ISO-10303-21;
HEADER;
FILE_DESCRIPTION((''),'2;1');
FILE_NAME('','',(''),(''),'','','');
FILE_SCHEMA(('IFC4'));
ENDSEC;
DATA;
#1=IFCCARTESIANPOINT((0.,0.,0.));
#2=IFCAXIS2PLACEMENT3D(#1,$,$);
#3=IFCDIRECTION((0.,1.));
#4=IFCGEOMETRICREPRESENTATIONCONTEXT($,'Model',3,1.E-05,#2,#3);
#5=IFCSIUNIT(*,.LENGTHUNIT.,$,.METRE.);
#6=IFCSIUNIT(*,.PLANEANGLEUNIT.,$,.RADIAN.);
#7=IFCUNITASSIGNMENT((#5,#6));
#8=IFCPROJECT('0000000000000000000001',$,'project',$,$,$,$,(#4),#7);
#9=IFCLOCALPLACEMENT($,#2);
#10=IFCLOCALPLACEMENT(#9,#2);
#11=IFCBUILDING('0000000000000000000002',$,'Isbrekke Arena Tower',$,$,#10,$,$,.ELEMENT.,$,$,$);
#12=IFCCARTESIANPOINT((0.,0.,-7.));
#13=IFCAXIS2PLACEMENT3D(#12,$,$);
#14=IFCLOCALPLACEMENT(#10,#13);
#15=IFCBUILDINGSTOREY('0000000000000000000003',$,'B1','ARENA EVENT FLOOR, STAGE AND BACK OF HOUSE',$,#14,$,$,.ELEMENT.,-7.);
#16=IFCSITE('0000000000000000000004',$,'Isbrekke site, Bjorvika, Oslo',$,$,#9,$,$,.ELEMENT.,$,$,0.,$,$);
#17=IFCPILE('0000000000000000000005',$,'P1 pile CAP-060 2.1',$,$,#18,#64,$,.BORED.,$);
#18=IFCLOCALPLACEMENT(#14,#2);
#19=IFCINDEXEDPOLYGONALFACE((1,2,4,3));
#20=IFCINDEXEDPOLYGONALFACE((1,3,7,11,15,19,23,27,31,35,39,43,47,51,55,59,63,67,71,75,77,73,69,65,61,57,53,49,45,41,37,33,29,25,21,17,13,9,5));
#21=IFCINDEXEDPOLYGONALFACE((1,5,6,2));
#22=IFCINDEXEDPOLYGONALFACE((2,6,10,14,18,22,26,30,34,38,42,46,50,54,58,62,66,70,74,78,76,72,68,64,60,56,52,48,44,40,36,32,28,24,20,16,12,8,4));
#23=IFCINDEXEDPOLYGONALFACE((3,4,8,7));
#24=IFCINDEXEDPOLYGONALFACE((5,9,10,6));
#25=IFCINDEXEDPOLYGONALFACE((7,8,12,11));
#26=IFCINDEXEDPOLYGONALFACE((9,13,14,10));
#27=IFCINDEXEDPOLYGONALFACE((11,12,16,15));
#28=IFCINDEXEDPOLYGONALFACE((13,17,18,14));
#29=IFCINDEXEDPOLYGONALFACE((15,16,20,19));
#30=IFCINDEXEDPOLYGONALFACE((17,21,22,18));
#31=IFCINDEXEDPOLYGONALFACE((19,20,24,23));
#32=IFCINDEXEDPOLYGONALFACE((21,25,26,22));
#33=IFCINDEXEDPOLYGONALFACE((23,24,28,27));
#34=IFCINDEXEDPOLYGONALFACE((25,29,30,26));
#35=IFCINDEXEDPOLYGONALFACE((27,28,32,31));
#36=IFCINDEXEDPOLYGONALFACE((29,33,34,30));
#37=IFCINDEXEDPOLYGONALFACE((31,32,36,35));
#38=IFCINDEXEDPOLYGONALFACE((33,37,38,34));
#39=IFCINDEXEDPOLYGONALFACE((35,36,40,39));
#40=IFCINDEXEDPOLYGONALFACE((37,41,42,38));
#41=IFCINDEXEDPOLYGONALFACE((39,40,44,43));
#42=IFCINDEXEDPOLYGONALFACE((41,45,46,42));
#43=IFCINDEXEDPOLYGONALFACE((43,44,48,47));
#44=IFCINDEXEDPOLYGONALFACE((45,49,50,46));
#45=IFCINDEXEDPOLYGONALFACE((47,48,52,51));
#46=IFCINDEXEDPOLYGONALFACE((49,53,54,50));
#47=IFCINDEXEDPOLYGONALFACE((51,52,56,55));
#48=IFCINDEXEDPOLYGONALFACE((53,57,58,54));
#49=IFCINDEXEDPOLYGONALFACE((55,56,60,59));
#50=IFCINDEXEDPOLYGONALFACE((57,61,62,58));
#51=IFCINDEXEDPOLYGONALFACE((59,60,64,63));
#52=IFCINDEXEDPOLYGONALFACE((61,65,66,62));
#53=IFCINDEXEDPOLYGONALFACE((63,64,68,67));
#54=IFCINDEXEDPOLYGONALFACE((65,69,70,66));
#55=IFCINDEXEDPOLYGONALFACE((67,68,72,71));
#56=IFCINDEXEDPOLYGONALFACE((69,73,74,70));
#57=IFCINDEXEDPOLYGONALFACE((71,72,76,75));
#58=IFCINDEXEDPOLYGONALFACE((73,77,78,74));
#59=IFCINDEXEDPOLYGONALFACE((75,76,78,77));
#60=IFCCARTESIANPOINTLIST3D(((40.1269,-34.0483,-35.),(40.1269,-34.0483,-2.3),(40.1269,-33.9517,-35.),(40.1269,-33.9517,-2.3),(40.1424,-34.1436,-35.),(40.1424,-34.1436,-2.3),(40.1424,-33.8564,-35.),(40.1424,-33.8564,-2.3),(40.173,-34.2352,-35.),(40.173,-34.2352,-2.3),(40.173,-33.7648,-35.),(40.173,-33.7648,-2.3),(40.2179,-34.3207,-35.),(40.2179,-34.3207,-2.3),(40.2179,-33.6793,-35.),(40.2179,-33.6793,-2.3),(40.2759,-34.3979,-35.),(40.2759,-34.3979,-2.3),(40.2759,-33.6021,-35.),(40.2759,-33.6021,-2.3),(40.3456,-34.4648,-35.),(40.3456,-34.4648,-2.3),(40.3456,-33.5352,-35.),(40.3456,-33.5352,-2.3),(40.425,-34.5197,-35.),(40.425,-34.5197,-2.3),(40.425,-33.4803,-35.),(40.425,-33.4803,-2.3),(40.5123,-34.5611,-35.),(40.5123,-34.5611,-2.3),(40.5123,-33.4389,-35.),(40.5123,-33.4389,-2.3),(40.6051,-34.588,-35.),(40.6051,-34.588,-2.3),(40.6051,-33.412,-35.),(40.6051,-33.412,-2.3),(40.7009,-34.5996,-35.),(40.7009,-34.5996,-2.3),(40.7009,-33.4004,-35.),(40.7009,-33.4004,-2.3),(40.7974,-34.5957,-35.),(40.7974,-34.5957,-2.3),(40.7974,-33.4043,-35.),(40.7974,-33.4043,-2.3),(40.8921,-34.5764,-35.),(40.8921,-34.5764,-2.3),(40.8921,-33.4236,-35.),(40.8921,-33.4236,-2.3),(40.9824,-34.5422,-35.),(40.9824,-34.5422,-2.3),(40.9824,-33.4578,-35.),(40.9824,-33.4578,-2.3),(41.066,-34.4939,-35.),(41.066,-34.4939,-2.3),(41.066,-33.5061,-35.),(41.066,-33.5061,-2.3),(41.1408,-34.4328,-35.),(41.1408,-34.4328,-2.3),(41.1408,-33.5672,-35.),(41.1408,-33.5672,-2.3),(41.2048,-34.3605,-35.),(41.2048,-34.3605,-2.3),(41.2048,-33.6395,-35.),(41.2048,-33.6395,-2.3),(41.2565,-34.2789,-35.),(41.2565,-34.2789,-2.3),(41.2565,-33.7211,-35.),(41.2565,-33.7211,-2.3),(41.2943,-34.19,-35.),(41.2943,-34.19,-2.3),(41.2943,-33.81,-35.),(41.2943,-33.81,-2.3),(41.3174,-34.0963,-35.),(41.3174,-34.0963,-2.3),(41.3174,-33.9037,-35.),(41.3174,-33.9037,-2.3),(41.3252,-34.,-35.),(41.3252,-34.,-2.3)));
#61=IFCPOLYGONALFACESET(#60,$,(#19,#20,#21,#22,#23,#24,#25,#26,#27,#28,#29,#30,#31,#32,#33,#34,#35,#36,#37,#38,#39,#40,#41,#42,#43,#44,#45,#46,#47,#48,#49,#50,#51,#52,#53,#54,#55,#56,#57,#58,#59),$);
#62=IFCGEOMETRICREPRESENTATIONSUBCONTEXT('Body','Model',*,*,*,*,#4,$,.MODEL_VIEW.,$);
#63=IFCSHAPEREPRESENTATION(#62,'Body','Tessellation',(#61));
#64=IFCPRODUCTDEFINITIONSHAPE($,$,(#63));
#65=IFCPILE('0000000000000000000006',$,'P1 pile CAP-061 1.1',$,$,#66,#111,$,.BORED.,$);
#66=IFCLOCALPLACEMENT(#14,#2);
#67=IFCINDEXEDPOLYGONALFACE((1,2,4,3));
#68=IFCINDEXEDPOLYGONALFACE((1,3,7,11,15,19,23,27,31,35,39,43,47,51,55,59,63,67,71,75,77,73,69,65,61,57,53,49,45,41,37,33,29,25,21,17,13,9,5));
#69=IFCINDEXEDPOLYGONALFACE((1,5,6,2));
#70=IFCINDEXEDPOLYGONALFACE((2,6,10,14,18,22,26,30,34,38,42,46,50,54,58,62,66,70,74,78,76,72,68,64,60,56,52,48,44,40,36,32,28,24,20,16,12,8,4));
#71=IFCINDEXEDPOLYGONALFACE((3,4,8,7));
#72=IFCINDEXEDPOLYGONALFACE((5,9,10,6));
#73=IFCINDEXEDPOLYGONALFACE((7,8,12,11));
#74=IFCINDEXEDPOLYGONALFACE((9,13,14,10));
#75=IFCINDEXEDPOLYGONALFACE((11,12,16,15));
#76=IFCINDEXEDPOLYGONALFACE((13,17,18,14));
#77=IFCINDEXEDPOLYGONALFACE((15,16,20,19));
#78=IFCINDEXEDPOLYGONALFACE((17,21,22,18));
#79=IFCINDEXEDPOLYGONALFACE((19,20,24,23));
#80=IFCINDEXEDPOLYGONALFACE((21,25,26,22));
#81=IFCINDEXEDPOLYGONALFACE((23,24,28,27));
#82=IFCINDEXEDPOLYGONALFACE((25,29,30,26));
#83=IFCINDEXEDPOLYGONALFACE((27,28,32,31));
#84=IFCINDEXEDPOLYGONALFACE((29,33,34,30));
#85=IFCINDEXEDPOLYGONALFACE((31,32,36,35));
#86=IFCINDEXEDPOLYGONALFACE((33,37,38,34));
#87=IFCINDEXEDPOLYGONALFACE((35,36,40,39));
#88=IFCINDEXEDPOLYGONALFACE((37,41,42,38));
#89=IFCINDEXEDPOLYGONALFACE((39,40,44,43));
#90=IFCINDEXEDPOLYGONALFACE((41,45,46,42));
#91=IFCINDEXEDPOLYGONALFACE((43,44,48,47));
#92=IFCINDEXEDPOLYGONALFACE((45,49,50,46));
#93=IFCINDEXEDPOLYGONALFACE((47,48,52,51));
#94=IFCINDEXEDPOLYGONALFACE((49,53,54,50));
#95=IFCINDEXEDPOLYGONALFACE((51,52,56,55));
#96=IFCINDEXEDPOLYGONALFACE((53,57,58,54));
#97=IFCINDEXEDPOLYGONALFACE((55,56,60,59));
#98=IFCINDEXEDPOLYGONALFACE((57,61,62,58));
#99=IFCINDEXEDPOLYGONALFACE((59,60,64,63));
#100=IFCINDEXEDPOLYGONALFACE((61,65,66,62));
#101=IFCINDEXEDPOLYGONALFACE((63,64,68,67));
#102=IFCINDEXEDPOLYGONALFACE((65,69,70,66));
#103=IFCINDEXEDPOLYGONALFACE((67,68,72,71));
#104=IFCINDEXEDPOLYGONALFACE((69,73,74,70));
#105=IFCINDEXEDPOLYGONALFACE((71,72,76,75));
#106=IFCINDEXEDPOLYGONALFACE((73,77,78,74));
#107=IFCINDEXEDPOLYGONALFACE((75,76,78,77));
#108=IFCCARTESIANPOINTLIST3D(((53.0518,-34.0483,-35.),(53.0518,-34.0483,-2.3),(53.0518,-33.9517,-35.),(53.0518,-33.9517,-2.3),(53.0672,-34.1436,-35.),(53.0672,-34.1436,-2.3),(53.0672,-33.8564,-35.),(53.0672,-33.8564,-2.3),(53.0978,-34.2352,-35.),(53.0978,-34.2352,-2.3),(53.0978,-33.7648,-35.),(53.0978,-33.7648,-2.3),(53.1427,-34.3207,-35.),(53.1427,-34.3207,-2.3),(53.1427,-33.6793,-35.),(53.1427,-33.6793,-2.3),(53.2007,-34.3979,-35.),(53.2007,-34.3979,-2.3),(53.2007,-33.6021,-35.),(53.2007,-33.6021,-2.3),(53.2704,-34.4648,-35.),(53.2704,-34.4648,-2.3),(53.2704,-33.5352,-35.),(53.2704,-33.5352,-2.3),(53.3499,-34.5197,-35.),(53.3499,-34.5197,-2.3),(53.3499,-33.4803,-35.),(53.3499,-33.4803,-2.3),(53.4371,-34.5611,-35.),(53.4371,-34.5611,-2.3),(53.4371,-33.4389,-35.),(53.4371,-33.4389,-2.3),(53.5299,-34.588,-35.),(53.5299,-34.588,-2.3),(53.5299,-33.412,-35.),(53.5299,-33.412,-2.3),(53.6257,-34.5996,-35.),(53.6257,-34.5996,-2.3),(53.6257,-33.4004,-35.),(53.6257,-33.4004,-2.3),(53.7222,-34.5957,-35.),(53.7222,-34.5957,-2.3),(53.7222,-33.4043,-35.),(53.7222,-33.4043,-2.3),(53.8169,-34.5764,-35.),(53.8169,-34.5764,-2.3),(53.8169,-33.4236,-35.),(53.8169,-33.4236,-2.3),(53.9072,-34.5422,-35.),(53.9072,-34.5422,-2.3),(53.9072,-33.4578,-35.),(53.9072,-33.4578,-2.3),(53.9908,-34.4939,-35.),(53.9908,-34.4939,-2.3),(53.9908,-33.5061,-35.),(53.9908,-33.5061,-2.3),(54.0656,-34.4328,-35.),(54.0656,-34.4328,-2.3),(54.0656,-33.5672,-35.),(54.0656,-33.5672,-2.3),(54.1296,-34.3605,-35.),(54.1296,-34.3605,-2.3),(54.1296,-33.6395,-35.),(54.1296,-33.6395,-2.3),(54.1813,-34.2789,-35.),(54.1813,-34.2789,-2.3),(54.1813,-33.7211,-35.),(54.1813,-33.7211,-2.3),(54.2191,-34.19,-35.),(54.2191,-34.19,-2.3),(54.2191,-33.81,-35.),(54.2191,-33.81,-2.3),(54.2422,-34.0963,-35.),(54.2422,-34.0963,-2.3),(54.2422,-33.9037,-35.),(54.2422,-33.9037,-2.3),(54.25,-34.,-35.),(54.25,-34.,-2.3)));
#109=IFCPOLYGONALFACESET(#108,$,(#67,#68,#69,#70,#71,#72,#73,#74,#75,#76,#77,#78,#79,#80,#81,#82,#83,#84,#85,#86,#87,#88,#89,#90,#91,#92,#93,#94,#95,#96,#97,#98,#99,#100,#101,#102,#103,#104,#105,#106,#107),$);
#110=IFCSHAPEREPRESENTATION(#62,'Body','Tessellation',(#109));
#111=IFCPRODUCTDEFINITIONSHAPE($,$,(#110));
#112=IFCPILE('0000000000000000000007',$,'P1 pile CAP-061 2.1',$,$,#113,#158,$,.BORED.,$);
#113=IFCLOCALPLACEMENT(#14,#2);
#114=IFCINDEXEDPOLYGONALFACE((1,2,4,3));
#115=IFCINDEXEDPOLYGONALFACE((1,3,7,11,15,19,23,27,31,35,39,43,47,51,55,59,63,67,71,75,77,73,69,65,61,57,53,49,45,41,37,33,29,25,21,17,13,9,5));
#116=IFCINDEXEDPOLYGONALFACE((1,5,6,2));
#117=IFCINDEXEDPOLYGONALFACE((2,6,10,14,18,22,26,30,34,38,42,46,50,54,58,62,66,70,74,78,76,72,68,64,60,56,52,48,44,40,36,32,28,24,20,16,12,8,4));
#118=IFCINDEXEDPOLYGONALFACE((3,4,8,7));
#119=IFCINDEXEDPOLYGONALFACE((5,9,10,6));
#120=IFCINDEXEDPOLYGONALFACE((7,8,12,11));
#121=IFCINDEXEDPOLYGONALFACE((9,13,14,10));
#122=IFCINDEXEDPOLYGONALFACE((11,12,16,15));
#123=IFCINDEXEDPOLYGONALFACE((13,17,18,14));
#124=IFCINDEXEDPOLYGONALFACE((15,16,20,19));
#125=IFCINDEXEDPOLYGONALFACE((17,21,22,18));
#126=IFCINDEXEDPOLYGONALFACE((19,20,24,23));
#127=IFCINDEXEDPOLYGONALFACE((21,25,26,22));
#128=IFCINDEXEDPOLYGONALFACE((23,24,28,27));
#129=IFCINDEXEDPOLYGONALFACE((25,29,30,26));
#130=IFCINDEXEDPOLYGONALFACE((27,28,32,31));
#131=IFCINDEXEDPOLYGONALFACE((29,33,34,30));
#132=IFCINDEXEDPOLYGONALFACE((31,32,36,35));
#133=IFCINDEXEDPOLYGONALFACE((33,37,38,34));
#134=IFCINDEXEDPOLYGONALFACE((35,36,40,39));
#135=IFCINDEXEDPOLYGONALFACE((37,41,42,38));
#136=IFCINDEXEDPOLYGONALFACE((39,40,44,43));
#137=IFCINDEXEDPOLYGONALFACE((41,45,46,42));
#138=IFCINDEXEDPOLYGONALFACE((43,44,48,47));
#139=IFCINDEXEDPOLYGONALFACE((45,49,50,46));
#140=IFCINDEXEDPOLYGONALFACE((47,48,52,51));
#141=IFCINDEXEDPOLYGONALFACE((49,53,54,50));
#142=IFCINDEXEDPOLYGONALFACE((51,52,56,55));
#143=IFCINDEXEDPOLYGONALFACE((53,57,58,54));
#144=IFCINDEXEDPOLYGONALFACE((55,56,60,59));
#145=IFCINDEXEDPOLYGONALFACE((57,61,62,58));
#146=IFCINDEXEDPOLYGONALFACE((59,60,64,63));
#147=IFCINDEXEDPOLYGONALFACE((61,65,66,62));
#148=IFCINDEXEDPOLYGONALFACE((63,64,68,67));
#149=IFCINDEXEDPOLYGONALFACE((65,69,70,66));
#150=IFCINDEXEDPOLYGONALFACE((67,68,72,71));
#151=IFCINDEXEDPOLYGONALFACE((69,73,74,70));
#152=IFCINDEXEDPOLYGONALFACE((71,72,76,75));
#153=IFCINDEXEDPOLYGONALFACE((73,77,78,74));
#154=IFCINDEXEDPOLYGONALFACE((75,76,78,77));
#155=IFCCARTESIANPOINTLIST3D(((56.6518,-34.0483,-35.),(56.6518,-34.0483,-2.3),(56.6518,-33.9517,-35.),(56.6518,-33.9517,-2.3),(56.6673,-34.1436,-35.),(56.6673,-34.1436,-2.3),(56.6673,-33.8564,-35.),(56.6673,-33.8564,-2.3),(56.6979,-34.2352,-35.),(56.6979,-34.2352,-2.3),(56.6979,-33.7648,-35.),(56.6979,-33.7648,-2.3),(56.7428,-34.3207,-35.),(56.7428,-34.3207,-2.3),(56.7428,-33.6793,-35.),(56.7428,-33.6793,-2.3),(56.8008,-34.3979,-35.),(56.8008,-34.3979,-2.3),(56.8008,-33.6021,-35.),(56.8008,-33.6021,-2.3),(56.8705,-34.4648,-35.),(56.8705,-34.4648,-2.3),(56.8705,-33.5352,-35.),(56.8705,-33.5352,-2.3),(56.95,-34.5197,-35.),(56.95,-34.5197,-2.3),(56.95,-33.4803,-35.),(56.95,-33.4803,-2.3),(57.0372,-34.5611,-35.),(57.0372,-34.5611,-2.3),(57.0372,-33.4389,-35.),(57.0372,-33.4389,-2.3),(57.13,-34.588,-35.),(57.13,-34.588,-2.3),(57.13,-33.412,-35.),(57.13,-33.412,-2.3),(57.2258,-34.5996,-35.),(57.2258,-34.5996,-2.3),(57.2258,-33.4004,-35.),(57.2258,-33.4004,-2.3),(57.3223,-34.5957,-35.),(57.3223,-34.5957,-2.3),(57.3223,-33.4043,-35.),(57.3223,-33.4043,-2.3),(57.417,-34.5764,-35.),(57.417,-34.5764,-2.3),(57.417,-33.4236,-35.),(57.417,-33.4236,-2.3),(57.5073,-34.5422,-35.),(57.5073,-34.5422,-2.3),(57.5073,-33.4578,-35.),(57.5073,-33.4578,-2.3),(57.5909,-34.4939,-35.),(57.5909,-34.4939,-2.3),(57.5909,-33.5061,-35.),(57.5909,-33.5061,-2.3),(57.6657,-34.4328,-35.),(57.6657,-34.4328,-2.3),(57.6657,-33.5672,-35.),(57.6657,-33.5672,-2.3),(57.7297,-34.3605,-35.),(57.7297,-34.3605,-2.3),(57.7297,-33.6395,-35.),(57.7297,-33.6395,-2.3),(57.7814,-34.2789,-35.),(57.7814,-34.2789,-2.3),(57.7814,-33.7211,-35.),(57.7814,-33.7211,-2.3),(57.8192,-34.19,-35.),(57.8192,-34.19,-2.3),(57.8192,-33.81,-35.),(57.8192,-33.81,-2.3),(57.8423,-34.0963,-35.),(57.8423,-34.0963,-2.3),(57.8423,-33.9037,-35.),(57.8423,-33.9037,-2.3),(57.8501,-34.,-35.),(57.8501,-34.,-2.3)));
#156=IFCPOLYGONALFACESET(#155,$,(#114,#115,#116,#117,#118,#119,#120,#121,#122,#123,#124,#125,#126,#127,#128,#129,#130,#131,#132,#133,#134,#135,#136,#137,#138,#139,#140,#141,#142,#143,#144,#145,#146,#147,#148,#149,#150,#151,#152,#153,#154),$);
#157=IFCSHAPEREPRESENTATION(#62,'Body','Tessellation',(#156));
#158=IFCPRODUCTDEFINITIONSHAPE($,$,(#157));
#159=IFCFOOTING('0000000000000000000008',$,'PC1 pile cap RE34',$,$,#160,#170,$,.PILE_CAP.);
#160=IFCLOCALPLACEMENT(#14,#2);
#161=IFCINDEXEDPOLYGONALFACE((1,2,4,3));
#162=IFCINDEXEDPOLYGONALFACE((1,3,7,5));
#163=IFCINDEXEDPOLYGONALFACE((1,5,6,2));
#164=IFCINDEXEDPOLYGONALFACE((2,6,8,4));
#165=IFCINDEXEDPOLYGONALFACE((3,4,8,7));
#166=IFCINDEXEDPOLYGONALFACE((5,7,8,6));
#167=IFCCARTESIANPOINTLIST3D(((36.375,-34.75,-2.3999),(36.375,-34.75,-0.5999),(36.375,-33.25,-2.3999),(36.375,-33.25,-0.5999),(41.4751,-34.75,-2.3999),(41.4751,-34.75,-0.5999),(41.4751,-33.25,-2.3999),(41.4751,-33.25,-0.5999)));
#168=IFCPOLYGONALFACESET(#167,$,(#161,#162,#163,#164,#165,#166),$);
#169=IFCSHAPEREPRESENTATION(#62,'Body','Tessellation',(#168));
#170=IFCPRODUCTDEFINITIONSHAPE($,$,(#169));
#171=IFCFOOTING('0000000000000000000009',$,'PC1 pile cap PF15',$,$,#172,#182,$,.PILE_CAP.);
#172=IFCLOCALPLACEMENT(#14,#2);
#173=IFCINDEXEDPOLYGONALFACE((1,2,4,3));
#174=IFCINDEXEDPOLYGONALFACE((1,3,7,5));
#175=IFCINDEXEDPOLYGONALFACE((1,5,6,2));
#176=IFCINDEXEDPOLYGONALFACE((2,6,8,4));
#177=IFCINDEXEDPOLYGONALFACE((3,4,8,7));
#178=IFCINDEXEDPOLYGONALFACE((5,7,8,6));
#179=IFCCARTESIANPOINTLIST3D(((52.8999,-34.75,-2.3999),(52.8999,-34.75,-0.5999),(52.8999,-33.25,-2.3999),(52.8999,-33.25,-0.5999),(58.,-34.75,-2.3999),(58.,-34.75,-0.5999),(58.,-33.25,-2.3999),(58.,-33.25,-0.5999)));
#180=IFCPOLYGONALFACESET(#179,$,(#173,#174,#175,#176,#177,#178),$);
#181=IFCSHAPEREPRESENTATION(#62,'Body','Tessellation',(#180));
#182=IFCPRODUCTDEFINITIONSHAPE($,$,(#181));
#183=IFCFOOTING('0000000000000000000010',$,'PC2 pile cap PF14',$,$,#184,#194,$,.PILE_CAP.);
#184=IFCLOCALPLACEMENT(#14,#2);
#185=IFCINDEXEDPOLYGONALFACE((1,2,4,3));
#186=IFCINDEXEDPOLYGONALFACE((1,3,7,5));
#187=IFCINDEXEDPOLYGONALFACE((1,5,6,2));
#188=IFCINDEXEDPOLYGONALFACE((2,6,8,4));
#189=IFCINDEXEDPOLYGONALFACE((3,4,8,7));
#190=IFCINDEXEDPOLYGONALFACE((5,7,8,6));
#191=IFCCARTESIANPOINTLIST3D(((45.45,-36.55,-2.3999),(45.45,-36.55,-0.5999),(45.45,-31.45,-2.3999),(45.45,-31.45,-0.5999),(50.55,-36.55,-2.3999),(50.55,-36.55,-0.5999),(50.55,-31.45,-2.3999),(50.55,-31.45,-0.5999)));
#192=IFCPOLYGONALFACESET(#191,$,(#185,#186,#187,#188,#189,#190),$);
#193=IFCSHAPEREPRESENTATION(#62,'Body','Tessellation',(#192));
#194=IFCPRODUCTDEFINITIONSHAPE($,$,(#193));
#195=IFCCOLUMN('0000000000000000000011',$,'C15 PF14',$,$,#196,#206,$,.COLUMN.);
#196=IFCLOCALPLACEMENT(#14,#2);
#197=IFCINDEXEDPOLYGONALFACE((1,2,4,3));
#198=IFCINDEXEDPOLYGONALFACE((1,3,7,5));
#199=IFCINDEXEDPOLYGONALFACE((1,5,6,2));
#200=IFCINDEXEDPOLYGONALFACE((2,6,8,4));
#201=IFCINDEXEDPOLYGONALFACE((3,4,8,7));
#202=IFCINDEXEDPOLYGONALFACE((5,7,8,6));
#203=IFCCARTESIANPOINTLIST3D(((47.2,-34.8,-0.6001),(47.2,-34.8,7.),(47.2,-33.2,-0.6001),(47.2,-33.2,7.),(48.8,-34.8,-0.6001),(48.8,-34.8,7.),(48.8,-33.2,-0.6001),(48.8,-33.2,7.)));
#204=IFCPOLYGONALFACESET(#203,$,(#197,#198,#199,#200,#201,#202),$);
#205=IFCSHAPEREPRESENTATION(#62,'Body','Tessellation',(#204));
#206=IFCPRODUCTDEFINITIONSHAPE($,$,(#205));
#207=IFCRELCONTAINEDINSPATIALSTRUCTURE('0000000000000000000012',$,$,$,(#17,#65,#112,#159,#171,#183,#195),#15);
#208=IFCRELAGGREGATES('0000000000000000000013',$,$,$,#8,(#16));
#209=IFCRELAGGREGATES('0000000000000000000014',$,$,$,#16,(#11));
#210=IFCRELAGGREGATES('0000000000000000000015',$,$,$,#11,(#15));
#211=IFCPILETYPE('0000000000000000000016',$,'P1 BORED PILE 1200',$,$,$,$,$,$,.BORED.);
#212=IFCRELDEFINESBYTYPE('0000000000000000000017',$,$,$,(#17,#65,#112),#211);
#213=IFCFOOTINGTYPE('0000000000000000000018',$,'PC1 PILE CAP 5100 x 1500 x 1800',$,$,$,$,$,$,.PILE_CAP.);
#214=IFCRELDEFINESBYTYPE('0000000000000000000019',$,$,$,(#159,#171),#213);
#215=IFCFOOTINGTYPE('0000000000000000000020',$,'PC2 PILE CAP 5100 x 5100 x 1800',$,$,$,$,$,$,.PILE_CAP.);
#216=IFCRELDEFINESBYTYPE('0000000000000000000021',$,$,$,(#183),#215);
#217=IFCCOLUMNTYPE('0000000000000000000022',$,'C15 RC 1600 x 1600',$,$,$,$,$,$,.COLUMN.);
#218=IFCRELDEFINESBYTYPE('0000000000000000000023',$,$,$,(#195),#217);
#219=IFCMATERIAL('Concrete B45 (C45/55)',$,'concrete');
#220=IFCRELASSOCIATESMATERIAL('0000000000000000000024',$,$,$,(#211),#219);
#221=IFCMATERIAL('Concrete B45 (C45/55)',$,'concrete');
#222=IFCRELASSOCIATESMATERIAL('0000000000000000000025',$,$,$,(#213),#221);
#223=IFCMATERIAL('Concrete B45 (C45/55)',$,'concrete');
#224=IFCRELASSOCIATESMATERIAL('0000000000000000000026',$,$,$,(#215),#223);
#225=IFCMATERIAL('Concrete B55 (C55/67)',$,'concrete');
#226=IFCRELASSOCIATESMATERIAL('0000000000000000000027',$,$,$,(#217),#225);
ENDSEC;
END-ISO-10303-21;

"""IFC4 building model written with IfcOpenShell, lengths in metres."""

from ifc_helpers import new_model, si_unit, direction, frame, origin, origin_2d, place, context, subcontext, project, spatial, rectangle, circle, extrude, material, material_profile, profile_set, type_object, element, save


model = new_model("IFC4")

# Units and contexts
model_context = context("Model", 3, precision=1e-05, world=origin(), true_north=direction((0.0, 1.0)))
body_context = subcontext(model_context, "Body", "Model", "MODEL_VIEW")
ifc_project = project(units=[si_unit("LENGTHUNIT", "METRE"), si_unit("PLANEANGLEUNIT", "RADIAN")], contexts=[model_context])

# Site, building, storey
site_placement = place(None, origin())
site = spatial("IfcSite", under=ifc_project, at=site_placement, Name="Isbrekke site, Bjorvika, Oslo", CompositionType="ELEMENT", RefElevation=0.0)
building_placement = place(site_placement, origin())
building = spatial("IfcBuilding", under=site, at=building_placement, Name="Isbrekke Arena Tower", CompositionType="ELEMENT")
storey_placement = place(building_placement, frame((0.0, 0.0, -7.0)))
storey = spatial("IfcBuildingStorey", under=building, at=storey_placement, Name="B1", Description="ARENA EVENT FLOOR, STAGE AND BACK OF HOUSE", CompositionType="ELEMENT", Elevation=-7.0)

# Piles
ifc_material_1 = material(Name="Concrete B45 (C45/55)", Category="concrete")
ifc_material_profile_1 = material_profile(ifc_material_1, circle(Radius=0.6001, at=origin_2d()), Name="BORED PILE D1200")
ifc_profile_set_1 = profile_set([ifc_material_profile_1], Name="Concrete B45 (C45/55)")
pile_type = type_object("IfcPileType", Name="P1 BORED PILE 1200", PredefinedType="BORED", material=ifc_profile_set_1)
for number, where, z_axis, x_axis, name in (
    (1, (40.7251, -34.0, -2.3), (0.0, 0.0, -1.0), (1.0, 0.0, 0.0), "P1 pile CAP-060 2.1"),
    (2, (53.6499, -34.0, -2.3), (0.0, 0.0, -1.0), (1.0, 0.0, 0.0), "P1 pile CAP-061 1.1"),
    (3, (57.25, -34.0, -2.3), (0.0, 0.0, -1.0), (1.0, 0.0, 0.0), "P1 pile CAP-061 2.1"),
):
    element("IfcPile", number, at=place(storey_placement, frame(where, z_axis=z_axis, x_axis=x_axis)), inside=storey, type_object=pile_type, Name=name, PredefinedType="BORED", context=body_context, shape_type="SweptSolid", body=[
        extrude(circle(Radius=0.6001, at=origin_2d()), origin(), (0.0, 0.0, 1.0), 32.7),
    ])

# Footings
ifc_material_2 = material(Name="Concrete B45 (C45/55)", Category="concrete")
footing_type_1 = type_object("IfcFootingType", Name="PC1 PILE CAP 5100 x 1500 x 1800", PredefinedType="PILE_CAP", material=ifc_material_2)
for number, where, z_axis, x_axis, name in (
    (4, (38.925, -34.0, -2.3999), (0.0, 0.0, 1.0), (1.0, 0.0, 0.0), "PC1 pile cap RE34"),
    (5, (55.45, -34.0, -2.3999), (0.0, 0.0, 1.0), (1.0, 0.0, 0.0), "PC1 pile cap PF15"),
):
    element("IfcFooting", number, at=place(storey_placement, frame(where, z_axis=z_axis, x_axis=x_axis)), inside=storey, type_object=footing_type_1, Name=name, PredefinedType="PILE_CAP", context=body_context, shape_type="SweptSolid", body=[
        extrude(rectangle(XDim=5.1001, YDim=1.5, at=origin_2d()), origin(), (0.0, 0.0, 1.0), 1.8),
    ])
ifc_material_3 = material(Name="Concrete B45 (C45/55)", Category="concrete")
footing_type_2 = type_object("IfcFootingType", Name="PC2 PILE CAP 5100 x 5100 x 1800", PredefinedType="PILE_CAP", material=ifc_material_3)
footing_placement = place(storey_placement, frame((48.0, -34.0, -2.3999), z_axis=(0.0, 0.0, 1.0), x_axis=(1.0, 0.0, 0.0)))
element("IfcFooting", 6, at=footing_placement, inside=storey, type_object=footing_type_2, Name="PC2 pile cap PF14", PredefinedType="PILE_CAP", context=body_context, shape_type="SweptSolid", body=[
    extrude(rectangle(XDim=5.1001, YDim=5.1001, at=origin_2d()), origin(), (0.0, 0.0, 1.0), 1.8),
])

# Column
ifc_material_4 = material(Name="Concrete B55 (C55/67)", Category="concrete")
ifc_material_profile_2 = material_profile(ifc_material_4, rectangle(XDim=1.6001, YDim=1.6001, at=origin_2d()), Name="RC 1600x1600")
ifc_profile_set_2 = profile_set([ifc_material_profile_2], Name="Concrete B55 (C55/67)")
column_type_1 = type_object("IfcColumnType", Name="C15 RC 1600 x 1600", PredefinedType="COLUMN", material=ifc_profile_set_2)
column_1_placement = place(storey_placement, frame((48.0, -34.0, -0.6001), z_axis=(0.0, 0.0, 1.0), x_axis=(1.0, 0.0, 0.0)))
element("IfcColumn", 7, at=column_1_placement, inside=storey, type_object=column_type_1, Name="C15 PF14", PredefinedType="COLUMN", context=body_context, shape_type="SweptSolid", body=[
    extrude(rectangle(XDim=1.6001, YDim=1.6001, at=origin_2d()), origin(), (0.0, 0.0, 1.0), 7.6001),
])

save(model, "model.ifc")
